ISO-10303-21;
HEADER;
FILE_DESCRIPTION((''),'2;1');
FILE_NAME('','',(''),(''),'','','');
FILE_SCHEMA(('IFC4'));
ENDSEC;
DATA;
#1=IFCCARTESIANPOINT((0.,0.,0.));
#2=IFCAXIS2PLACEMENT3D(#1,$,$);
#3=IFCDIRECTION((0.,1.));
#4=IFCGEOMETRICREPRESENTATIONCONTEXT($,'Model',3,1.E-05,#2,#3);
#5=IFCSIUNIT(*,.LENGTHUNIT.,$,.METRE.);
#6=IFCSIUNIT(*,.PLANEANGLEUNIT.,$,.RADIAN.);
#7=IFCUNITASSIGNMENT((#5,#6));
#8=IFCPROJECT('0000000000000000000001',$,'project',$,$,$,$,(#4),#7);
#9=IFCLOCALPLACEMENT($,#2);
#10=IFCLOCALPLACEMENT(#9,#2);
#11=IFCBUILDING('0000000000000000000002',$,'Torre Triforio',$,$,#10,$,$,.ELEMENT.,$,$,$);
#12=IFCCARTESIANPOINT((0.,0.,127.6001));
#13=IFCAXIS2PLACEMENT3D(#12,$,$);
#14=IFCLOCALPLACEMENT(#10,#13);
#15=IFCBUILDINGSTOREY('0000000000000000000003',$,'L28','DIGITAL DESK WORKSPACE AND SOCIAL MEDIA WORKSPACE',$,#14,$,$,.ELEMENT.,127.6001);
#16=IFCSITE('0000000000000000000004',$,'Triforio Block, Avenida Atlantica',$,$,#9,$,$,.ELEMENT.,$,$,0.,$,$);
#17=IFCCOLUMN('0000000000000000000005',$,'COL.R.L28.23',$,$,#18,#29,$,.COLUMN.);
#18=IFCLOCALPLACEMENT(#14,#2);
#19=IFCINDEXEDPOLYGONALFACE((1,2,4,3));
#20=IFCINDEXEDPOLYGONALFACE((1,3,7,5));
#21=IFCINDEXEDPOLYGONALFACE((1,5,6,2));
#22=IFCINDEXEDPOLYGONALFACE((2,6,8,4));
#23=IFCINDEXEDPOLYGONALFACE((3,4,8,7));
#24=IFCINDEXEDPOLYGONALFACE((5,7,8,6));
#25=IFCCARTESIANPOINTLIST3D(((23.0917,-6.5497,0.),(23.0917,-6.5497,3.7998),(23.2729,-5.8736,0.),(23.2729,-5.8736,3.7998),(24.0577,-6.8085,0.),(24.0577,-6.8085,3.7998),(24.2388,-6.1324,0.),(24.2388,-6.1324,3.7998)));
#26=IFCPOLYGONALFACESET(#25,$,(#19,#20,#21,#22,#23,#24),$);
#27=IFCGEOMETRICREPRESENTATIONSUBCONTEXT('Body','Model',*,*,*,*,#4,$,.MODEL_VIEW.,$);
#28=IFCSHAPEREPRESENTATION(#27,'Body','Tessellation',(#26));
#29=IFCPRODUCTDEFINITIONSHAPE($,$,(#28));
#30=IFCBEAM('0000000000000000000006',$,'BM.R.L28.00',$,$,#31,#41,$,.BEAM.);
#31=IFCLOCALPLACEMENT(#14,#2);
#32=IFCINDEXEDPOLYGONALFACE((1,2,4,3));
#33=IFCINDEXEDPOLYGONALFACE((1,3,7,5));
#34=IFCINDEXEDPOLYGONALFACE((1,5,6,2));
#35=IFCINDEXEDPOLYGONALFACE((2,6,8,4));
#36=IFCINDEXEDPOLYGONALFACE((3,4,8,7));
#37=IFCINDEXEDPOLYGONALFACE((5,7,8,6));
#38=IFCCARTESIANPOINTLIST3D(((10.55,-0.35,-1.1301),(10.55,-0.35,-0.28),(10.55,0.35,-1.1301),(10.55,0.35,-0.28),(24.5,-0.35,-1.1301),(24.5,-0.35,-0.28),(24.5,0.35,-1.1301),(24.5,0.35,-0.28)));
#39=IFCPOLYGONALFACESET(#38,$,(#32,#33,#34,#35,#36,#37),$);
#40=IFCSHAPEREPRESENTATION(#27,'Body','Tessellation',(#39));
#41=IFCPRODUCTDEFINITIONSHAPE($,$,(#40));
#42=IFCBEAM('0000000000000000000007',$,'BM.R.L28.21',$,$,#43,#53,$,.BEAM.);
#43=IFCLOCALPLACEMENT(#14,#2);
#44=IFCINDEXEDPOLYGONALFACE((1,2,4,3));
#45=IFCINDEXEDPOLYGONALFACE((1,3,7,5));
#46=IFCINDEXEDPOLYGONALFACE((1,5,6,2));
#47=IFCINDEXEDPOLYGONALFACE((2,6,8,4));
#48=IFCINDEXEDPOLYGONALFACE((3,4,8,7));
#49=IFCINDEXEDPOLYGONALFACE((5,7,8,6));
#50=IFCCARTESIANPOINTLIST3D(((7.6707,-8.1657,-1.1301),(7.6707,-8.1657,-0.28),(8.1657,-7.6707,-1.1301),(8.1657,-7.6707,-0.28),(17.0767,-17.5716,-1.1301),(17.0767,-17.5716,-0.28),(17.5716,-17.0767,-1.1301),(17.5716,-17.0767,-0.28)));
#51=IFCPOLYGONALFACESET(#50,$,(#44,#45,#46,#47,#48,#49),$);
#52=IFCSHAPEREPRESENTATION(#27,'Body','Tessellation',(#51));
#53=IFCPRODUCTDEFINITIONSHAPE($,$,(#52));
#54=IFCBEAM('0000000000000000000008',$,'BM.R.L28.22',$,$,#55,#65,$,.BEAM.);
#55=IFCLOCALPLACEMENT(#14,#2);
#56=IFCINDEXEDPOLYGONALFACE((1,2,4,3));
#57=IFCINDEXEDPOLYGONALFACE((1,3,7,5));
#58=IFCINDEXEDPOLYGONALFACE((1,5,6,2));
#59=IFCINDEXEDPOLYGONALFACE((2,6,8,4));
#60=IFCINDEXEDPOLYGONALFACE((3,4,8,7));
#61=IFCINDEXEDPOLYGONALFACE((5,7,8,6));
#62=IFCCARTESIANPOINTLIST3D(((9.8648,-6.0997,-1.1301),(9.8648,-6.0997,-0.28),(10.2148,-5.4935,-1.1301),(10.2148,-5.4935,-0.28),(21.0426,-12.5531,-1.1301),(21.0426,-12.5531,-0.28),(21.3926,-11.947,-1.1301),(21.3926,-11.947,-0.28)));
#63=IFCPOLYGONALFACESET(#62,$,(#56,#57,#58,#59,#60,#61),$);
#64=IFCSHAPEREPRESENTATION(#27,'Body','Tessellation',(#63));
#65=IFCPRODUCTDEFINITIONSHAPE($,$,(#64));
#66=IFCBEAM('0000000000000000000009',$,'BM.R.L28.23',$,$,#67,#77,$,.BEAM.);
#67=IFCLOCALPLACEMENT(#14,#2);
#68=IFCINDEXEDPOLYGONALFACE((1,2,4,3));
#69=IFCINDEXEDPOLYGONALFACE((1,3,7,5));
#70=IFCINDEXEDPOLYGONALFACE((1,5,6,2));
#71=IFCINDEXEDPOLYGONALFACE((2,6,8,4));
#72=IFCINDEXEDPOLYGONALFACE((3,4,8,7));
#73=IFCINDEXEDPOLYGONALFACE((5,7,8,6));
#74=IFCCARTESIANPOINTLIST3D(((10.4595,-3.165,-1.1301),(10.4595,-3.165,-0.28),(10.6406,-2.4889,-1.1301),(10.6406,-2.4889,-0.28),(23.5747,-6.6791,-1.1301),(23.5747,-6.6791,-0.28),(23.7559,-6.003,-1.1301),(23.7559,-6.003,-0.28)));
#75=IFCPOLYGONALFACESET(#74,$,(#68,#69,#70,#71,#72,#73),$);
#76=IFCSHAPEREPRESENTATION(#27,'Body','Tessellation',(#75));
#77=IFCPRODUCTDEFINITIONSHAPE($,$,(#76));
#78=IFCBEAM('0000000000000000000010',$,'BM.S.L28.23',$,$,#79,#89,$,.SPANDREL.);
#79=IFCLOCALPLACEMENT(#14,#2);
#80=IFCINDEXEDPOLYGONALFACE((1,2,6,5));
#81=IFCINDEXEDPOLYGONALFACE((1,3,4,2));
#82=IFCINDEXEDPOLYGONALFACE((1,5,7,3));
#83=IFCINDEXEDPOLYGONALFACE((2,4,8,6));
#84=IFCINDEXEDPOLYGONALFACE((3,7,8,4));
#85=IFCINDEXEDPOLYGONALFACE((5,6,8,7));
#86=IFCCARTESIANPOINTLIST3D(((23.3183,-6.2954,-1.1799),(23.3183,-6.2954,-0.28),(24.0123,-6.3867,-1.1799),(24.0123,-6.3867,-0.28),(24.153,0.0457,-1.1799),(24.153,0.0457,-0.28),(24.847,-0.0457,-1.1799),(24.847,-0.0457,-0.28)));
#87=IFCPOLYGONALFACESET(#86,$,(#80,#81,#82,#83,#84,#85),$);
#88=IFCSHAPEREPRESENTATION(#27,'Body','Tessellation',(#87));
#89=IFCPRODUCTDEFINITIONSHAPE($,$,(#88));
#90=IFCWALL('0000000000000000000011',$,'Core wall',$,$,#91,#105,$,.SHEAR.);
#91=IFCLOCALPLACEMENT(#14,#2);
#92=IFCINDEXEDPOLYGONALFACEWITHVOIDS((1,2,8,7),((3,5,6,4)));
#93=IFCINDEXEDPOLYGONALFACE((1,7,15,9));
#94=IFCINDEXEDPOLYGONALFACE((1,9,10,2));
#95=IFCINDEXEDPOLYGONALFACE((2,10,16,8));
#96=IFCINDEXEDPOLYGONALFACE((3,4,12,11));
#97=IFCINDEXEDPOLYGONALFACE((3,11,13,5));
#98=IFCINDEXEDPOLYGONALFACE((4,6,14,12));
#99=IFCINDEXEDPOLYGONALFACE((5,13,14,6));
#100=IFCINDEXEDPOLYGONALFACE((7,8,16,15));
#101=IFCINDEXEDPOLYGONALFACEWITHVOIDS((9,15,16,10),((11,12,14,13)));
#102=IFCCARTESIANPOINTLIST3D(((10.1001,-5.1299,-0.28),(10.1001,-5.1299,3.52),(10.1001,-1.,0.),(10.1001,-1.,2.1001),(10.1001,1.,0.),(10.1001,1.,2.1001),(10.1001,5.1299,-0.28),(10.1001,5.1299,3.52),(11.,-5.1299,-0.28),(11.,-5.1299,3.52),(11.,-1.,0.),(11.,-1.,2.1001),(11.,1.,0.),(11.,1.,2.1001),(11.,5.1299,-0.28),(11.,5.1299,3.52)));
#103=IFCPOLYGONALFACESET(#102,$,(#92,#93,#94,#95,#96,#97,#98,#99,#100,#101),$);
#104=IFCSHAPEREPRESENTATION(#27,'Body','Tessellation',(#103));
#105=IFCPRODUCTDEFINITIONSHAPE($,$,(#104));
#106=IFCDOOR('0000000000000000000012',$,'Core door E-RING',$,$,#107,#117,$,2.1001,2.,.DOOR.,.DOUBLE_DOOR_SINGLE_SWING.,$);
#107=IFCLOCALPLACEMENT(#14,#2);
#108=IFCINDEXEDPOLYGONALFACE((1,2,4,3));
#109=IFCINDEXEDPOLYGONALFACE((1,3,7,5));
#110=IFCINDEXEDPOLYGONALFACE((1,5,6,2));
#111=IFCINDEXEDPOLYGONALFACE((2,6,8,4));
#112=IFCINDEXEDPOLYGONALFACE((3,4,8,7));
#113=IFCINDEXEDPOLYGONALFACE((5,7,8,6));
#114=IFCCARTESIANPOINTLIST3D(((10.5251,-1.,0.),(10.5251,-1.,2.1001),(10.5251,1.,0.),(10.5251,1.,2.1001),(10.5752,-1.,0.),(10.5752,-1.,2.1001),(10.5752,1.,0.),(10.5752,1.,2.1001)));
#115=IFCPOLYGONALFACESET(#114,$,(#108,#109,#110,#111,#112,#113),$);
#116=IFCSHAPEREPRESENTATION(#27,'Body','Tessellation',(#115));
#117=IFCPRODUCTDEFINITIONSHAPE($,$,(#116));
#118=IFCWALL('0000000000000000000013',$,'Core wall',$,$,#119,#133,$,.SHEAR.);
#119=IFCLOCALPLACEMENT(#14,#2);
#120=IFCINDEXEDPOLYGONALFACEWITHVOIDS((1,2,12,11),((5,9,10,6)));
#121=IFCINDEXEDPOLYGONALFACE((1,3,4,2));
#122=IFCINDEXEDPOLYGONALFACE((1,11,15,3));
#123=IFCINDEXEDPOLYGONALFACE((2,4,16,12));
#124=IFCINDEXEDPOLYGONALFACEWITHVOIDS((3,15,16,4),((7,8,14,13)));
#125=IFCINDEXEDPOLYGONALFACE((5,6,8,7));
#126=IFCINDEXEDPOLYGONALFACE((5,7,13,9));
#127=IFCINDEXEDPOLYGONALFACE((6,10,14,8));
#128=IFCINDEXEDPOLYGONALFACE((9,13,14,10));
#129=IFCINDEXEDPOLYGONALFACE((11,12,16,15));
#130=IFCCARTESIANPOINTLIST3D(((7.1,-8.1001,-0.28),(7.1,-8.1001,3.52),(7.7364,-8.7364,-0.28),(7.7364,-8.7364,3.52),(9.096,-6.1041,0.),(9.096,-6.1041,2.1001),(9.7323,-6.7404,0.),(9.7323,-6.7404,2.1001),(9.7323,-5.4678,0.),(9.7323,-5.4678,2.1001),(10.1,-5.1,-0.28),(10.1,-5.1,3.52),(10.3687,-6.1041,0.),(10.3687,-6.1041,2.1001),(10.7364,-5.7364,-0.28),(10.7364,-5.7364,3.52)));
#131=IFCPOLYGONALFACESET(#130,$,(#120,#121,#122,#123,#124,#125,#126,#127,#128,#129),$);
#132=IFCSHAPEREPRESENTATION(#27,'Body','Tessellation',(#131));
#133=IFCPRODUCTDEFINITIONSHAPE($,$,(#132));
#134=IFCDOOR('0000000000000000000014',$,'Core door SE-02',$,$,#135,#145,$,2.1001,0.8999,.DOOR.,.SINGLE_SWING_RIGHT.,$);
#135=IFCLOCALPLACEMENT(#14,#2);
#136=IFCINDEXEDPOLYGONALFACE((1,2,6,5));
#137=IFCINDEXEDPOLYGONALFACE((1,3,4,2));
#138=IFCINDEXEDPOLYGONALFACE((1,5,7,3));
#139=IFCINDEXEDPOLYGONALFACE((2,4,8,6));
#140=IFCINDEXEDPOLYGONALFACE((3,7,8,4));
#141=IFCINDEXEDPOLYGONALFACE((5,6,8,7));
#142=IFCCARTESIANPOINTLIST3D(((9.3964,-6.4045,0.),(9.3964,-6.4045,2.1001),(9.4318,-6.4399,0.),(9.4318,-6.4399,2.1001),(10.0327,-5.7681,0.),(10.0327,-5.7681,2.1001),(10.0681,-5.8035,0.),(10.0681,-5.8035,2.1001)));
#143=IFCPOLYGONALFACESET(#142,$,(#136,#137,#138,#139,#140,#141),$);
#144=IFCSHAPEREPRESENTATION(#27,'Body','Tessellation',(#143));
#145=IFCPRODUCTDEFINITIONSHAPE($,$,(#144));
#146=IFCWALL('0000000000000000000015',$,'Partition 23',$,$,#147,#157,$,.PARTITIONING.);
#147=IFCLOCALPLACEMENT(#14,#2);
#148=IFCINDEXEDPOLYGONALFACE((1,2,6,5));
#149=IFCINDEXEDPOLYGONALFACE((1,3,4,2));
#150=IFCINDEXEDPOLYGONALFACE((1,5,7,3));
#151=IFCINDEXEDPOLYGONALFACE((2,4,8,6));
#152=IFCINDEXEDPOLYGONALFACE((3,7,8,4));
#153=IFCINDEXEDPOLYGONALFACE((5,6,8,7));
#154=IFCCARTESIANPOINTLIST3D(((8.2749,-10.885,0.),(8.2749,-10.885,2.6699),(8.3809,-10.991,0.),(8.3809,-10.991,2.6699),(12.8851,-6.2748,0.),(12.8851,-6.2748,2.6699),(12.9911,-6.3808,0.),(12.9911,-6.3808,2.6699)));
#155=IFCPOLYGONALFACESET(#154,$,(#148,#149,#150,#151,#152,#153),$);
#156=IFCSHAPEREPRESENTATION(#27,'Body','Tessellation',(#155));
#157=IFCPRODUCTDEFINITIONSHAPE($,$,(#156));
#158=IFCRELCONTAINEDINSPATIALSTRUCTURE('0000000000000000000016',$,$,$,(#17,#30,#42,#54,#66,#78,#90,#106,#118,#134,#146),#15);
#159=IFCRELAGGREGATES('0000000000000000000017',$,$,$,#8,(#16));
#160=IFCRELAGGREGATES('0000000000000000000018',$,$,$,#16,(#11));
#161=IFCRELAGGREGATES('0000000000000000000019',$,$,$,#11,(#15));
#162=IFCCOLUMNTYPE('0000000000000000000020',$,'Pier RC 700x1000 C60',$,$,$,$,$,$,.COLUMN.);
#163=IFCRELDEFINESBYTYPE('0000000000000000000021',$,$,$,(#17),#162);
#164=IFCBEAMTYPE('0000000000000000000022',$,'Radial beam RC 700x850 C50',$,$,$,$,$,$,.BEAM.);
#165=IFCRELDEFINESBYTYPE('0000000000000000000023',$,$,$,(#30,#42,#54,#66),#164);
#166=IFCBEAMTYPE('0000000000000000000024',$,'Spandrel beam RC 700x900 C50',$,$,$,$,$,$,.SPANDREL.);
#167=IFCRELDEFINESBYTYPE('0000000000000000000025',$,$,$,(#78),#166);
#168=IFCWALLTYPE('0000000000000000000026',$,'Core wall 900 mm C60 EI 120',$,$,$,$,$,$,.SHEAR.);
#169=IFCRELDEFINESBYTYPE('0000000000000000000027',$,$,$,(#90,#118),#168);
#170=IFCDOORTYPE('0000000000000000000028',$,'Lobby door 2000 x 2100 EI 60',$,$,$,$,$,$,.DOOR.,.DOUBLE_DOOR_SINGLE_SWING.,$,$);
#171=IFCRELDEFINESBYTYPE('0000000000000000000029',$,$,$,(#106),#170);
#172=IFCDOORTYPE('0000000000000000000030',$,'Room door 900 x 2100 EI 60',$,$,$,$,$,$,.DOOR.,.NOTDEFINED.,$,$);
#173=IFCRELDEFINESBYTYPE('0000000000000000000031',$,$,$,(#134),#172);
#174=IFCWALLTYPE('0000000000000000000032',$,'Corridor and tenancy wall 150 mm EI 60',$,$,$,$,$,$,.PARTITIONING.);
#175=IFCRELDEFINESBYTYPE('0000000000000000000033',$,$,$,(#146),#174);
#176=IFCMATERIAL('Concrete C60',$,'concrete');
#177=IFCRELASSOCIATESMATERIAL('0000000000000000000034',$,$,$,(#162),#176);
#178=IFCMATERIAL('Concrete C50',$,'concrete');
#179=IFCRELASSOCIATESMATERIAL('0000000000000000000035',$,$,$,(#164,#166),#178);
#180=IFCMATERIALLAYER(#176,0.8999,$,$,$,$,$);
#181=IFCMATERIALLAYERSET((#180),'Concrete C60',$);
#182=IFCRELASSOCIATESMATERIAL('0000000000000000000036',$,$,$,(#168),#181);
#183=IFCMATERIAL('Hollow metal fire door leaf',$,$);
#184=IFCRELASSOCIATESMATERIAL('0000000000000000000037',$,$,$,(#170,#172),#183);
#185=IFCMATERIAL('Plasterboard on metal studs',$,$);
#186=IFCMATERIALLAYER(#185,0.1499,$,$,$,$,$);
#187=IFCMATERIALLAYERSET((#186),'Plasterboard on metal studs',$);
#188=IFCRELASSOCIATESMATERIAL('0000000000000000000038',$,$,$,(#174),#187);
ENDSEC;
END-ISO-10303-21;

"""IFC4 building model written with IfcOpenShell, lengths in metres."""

from ifc_helpers import new_model, si_unit, direction, frame, frame_2d, origin, origin_2d, place, context, subcontext, project, spatial, rectangle, extrude, material, layer, layer_set, material_profile, profile_set, type_object, element, fill, save


model = new_model("IFC4")

# Units and contexts
model_context = context("Model", 3, precision=1e-05, world=origin(), true_north=direction((0.0, 1.0)))
body_context = subcontext(model_context, "Body", "Model", "MODEL_VIEW")
ifc_project = project(units=[si_unit("LENGTHUNIT", "METRE"), si_unit("PLANEANGLEUNIT", "RADIAN")], contexts=[model_context])

# Site, building, storey
site_placement = place(None, origin())
site = spatial("IfcSite", under=ifc_project, at=site_placement, Name="Triforio Block, Avenida Atlantica", CompositionType="ELEMENT", RefElevation=0.0)
building_placement = place(site_placement, origin())
building = spatial("IfcBuilding", under=site, at=building_placement, Name="Torre Triforio", CompositionType="ELEMENT")
storey_placement = place(building_placement, frame((0.0, 0.0, 127.6001)))
storey = spatial("IfcBuildingStorey", under=building, at=storey_placement, Name="L28", Description="DIGITAL DESK WORKSPACE AND SOCIAL MEDIA WORKSPACE", CompositionType="ELEMENT", Elevation=127.6001)

# Column
ifc_material_1 = material(Name="Concrete C60", Category="concrete")
ifc_material_profile_1 = material_profile(ifc_material_1, rectangle(XDim=0.7, YDim=1.0, at=origin_2d()), Name="RC 700x1000")
ifc_profile_set_1 = profile_set([ifc_material_profile_1], Name="Concrete C60")
column_type = type_object("IfcColumnType", Name="Pier RC 700x1000 C60", PredefinedType="COLUMN", material=ifc_profile_set_1)
column_placement = place(storey_placement, frame((23.6653, -6.3411, 0.0), z_axis=(0.0, 0.0, 1.0), x_axis=(0.258819, 0.965926, 0.0)))
element("IfcColumn", 1, at=column_placement, inside=storey, type_object=column_type, Name="COL.R.L28.23", PredefinedType="COLUMN", context=body_context, shape_type="SweptSolid", body=[
    extrude(rectangle(XDim=0.7, YDim=1.0, at=origin_2d()), origin(), (0.0, 0.0, 1.0), 3.7998),
])

# Beams
ifc_material_2 = material(Name="Concrete C50", Category="concrete")
ifc_material_profile_2 = material_profile(ifc_material_2, rectangle(XDim=0.7, YDim=0.8501, at=origin_2d()), Name="RC 700x850")
ifc_profile_set_2 = profile_set([ifc_material_profile_2], Name="Concrete C50")
beam_type_1 = type_object("IfcBeamType", Name="Radial beam RC 700x850 C50", PredefinedType="BEAM", material=ifc_profile_set_2)
beam_1_placement = place(storey_placement, frame((10.55, 0.0, -0.7051), z_axis=(1.0, 0.0, 0.0), x_axis=(0.0, 1.0, 0.0)))
element("IfcBeam", 2, at=beam_1_placement, inside=storey, type_object=beam_type_1, Name="BM.R.L28.00", PredefinedType="BEAM", context=body_context, shape_type="SweptSolid", body=[
    extrude(rectangle(XDim=0.7, YDim=0.8501, at=origin_2d()), origin(), (0.0, 0.0, 1.0), 13.95),
])
beam_2_placement = place(storey_placement, frame((7.9182, -7.9182, -0.7051), z_axis=(0.707107, -0.707107, 0.0), x_axis=(0.707107, 0.707107, 0.0)))
element("IfcBeam", 3, at=beam_2_placement, inside=storey, type_object=beam_type_1, Name="BM.R.L28.21", PredefinedType="BEAM", context=body_context, shape_type="SweptSolid", body=[
    extrude(rectangle(XDim=0.7, YDim=0.8501, at=origin_2d()), origin(), (0.0, 0.0, 1.0), 13.302),
])
beam_3_placement = place(storey_placement, frame((10.0398, -5.7966, -0.7051), z_axis=(0.866029, -0.499994, 0.0), x_axis=(0.499994, 0.866029, 0.0)))
element("IfcBeam", 4, at=beam_3_placement, inside=storey, type_object=beam_type_1, Name="BM.R.L28.22", PredefinedType="BEAM", context=body_context, shape_type="SweptSolid", body=[
    extrude(rectangle(XDim=0.7, YDim=0.8501, at=origin_2d()), origin(), (0.0, 0.0, 1.0), 12.907),
])
beam_4_placement = place(storey_placement, frame((10.55, -2.8269, -0.7051), z_axis=(0.965927, -0.258815, 0.0), x_axis=(0.258815, 0.965927, 0.0)))
element("IfcBeam", 5, at=beam_4_placement, inside=storey, type_object=beam_type_1, Name="BM.R.L28.23", PredefinedType="BEAM", context=body_context, shape_type="SweptSolid", body=[
    extrude(rectangle(XDim=0.7, YDim=0.8501, at=origin_2d()), origin(), (0.0, 0.0, 1.0), 13.5779),
])
ifc_material_profile_3 = material_profile(ifc_material_2, rectangle(XDim=0.7, YDim=0.8999, at=origin_2d()), Name="RC 700x900")
ifc_profile_set_3 = profile_set([ifc_material_profile_3], Name="Concrete C50")
beam_type_2 = type_object("IfcBeamType", Name="Spandrel beam RC 700x900 C50", PredefinedType="SPANDREL", material=ifc_profile_set_3)
beam_5_placement = place(storey_placement, frame((23.6653, -6.3411, -0.73), z_axis=(0.130511, 0.991447, 0.0), x_axis=(-0.991447, 0.130511, 0.0)))
element("IfcBeam", 6, at=beam_5_placement, inside=storey, type_object=beam_type_2, Name="BM.S.L28.23", PredefinedType="SPANDREL", context=body_context, shape_type="SweptSolid", body=[
    extrude(rectangle(XDim=0.7, YDim=0.8999, at=origin_2d()), origin(), (0.0, 0.0, 1.0), 6.3958),
])

# Walls, openings, doors
ifc_layer_1 = layer(ifc_material_1, 0.8999)
ifc_layer_set_1 = layer_set([ifc_layer_1], Name="Concrete C60")
wall_type_1 = type_object("IfcWallType", Name="Core wall 900 mm C60 EI 120", PredefinedType="SHEAR", material=ifc_layer_set_1)
wall_1_placement = place(storey_placement, frame((10.55, -5.1299, -0.28), z_axis=(0.0, 0.0, 1.0), x_axis=(0.0, 1.0, 0.0)))
wall_1 = element("IfcWall", 7, at=wall_1_placement, inside=storey, type_object=wall_type_1, Name="Core wall", PredefinedType="SHEAR", context=body_context, shape_type="SweptSolid", body=[
    extrude(rectangle(XDim=10.2598, YDim=0.8999, at=frame_2d((5.1299, 0.0))), origin(), (0.0, 0.0, 1.0), 3.8),
])
opening_1_placement = place(wall_1_placement, frame((4.1299, 0.0, 0.28)))
opening_1 = element("IfcOpeningElement", 8, at=opening_1_placement, cuts=wall_1, PredefinedType="OPENING", context=body_context, shape_type="SweptSolid", body=[
    extrude(rectangle(XDim=2.0, YDim=2.1001, at=frame_2d((1.0, 1.05))), frame((0.0, 0.46, 0.0), z_axis=(0.0, -1.0, 0.0), x_axis=(1.0, 0.0, 0.0)), (0.0, 0.0, 1.0), 0.9199),
])
ifc_material_3 = material(Name="Hollow metal fire door leaf")
door_type_1 = type_object("IfcDoorType", Name="Lobby door 2000 x 2100 EI 60", OperationType="DOUBLE_DOOR_SINGLE_SWING", PredefinedType="DOOR", material=ifc_material_3)
door_1_placement = place(opening_1_placement, origin())
door_1 = element("IfcDoor", 9, at=door_1_placement, inside=storey, type_object=door_type_1, Name="Core door E-RING", OperationType="DOUBLE_DOOR_SINGLE_SWING", OverallHeight=2.1001, OverallWidth=2.0, PredefinedType="DOOR", context=body_context, shape_type="SweptSolid", body=[
    extrude(rectangle(XDim=2.0, YDim=2.1001, at=frame_2d((1.0, 1.05))), frame((0.0, 0.0249, 0.0), z_axis=(0.0, -1.0, 0.0), x_axis=(1.0, 0.0, 0.0)), (0.0, 0.0, 1.0), 0.05),
])
fill(opening_1, door_1)
wall_2_placement = place(storey_placement, frame((10.4182, -5.4182, -0.28), z_axis=(0.0, 0.0, 1.0), x_axis=(-0.707107, -0.707107, 0.0)))
wall_2 = element("IfcWall", 10, at=wall_2_placement, inside=storey, type_object=wall_type_1, Name="Core wall", PredefinedType="SHEAR", context=body_context, shape_type="SweptSolid", body=[
    extrude(rectangle(XDim=4.2427, YDim=0.8999, at=frame_2d((2.1213, 0.0))), origin(), (0.0, 0.0, 1.0), 3.8),
])
opening_2_placement = place(wall_2_placement, frame((0.52, 0.0, 0.28)))
opening_2 = element("IfcOpeningElement", 11, at=opening_2_placement, cuts=wall_2, PredefinedType="OPENING", context=body_context, shape_type="SweptSolid", body=[
    extrude(rectangle(XDim=0.8999, YDim=2.1001, at=frame_2d((0.45, 1.05))), frame((0.0, 0.46, 0.0), z_axis=(0.0, -1.0, 0.0), x_axis=(1.0, 0.0, 0.0)), (0.0, 0.0, 1.0), 0.9199),
])
door_type_2 = type_object("IfcDoorType", Name="Room door 900 x 2100 EI 60", OperationType="NOTDEFINED", PredefinedType="DOOR", material=ifc_material_3)
door_2_placement = place(opening_2_placement, origin())
door_2 = element("IfcDoor", 12, at=door_2_placement, inside=storey, type_object=door_type_2, Name="Core door SE-02", OperationType="SINGLE_SWING_RIGHT", OverallHeight=2.1001, OverallWidth=0.8999, PredefinedType="DOOR", context=body_context, shape_type="SweptSolid", body=[
    extrude(rectangle(XDim=0.8999, YDim=2.1001, at=frame_2d((0.45, 1.05))), frame((0.0, 0.0249, 0.0), z_axis=(0.0, -1.0, 0.0), x_axis=(1.0, 0.0, 0.0)), (0.0, 0.0, 1.0), 0.05),
])
fill(opening_2, door_2)

# Wall
ifc_material_4 = material(Name="Plasterboard on metal studs")
ifc_layer_2 = layer(ifc_material_4, 0.1499)
ifc_layer_set_2 = layer_set([ifc_layer_2], Name="Plasterboard on metal studs")
wall_type_2 = type_object("IfcWallType", Name="Corridor and tenancy wall 150 mm EI 60", PredefinedType="PARTITIONING", material=ifc_layer_set_2)
wall_3_placement = place(storey_placement, frame((12.938, -6.3279, 0.0), z_axis=(0.0, 0.0, 1.0), x_axis=(-0.707107, -0.707107, 0.0)))
element("IfcWall", 13, at=wall_3_placement, inside=storey, type_object=wall_type_2, Name="Partition 23", PredefinedType="PARTITIONING", context=body_context, shape_type="SweptSolid", body=[
    extrude(rectangle(XDim=6.5198, YDim=0.1499, at=frame_2d((3.2598, 0.0))), origin(), (0.0, 0.0, 1.0), 2.6699),
])

save(model, "model.ifc")
